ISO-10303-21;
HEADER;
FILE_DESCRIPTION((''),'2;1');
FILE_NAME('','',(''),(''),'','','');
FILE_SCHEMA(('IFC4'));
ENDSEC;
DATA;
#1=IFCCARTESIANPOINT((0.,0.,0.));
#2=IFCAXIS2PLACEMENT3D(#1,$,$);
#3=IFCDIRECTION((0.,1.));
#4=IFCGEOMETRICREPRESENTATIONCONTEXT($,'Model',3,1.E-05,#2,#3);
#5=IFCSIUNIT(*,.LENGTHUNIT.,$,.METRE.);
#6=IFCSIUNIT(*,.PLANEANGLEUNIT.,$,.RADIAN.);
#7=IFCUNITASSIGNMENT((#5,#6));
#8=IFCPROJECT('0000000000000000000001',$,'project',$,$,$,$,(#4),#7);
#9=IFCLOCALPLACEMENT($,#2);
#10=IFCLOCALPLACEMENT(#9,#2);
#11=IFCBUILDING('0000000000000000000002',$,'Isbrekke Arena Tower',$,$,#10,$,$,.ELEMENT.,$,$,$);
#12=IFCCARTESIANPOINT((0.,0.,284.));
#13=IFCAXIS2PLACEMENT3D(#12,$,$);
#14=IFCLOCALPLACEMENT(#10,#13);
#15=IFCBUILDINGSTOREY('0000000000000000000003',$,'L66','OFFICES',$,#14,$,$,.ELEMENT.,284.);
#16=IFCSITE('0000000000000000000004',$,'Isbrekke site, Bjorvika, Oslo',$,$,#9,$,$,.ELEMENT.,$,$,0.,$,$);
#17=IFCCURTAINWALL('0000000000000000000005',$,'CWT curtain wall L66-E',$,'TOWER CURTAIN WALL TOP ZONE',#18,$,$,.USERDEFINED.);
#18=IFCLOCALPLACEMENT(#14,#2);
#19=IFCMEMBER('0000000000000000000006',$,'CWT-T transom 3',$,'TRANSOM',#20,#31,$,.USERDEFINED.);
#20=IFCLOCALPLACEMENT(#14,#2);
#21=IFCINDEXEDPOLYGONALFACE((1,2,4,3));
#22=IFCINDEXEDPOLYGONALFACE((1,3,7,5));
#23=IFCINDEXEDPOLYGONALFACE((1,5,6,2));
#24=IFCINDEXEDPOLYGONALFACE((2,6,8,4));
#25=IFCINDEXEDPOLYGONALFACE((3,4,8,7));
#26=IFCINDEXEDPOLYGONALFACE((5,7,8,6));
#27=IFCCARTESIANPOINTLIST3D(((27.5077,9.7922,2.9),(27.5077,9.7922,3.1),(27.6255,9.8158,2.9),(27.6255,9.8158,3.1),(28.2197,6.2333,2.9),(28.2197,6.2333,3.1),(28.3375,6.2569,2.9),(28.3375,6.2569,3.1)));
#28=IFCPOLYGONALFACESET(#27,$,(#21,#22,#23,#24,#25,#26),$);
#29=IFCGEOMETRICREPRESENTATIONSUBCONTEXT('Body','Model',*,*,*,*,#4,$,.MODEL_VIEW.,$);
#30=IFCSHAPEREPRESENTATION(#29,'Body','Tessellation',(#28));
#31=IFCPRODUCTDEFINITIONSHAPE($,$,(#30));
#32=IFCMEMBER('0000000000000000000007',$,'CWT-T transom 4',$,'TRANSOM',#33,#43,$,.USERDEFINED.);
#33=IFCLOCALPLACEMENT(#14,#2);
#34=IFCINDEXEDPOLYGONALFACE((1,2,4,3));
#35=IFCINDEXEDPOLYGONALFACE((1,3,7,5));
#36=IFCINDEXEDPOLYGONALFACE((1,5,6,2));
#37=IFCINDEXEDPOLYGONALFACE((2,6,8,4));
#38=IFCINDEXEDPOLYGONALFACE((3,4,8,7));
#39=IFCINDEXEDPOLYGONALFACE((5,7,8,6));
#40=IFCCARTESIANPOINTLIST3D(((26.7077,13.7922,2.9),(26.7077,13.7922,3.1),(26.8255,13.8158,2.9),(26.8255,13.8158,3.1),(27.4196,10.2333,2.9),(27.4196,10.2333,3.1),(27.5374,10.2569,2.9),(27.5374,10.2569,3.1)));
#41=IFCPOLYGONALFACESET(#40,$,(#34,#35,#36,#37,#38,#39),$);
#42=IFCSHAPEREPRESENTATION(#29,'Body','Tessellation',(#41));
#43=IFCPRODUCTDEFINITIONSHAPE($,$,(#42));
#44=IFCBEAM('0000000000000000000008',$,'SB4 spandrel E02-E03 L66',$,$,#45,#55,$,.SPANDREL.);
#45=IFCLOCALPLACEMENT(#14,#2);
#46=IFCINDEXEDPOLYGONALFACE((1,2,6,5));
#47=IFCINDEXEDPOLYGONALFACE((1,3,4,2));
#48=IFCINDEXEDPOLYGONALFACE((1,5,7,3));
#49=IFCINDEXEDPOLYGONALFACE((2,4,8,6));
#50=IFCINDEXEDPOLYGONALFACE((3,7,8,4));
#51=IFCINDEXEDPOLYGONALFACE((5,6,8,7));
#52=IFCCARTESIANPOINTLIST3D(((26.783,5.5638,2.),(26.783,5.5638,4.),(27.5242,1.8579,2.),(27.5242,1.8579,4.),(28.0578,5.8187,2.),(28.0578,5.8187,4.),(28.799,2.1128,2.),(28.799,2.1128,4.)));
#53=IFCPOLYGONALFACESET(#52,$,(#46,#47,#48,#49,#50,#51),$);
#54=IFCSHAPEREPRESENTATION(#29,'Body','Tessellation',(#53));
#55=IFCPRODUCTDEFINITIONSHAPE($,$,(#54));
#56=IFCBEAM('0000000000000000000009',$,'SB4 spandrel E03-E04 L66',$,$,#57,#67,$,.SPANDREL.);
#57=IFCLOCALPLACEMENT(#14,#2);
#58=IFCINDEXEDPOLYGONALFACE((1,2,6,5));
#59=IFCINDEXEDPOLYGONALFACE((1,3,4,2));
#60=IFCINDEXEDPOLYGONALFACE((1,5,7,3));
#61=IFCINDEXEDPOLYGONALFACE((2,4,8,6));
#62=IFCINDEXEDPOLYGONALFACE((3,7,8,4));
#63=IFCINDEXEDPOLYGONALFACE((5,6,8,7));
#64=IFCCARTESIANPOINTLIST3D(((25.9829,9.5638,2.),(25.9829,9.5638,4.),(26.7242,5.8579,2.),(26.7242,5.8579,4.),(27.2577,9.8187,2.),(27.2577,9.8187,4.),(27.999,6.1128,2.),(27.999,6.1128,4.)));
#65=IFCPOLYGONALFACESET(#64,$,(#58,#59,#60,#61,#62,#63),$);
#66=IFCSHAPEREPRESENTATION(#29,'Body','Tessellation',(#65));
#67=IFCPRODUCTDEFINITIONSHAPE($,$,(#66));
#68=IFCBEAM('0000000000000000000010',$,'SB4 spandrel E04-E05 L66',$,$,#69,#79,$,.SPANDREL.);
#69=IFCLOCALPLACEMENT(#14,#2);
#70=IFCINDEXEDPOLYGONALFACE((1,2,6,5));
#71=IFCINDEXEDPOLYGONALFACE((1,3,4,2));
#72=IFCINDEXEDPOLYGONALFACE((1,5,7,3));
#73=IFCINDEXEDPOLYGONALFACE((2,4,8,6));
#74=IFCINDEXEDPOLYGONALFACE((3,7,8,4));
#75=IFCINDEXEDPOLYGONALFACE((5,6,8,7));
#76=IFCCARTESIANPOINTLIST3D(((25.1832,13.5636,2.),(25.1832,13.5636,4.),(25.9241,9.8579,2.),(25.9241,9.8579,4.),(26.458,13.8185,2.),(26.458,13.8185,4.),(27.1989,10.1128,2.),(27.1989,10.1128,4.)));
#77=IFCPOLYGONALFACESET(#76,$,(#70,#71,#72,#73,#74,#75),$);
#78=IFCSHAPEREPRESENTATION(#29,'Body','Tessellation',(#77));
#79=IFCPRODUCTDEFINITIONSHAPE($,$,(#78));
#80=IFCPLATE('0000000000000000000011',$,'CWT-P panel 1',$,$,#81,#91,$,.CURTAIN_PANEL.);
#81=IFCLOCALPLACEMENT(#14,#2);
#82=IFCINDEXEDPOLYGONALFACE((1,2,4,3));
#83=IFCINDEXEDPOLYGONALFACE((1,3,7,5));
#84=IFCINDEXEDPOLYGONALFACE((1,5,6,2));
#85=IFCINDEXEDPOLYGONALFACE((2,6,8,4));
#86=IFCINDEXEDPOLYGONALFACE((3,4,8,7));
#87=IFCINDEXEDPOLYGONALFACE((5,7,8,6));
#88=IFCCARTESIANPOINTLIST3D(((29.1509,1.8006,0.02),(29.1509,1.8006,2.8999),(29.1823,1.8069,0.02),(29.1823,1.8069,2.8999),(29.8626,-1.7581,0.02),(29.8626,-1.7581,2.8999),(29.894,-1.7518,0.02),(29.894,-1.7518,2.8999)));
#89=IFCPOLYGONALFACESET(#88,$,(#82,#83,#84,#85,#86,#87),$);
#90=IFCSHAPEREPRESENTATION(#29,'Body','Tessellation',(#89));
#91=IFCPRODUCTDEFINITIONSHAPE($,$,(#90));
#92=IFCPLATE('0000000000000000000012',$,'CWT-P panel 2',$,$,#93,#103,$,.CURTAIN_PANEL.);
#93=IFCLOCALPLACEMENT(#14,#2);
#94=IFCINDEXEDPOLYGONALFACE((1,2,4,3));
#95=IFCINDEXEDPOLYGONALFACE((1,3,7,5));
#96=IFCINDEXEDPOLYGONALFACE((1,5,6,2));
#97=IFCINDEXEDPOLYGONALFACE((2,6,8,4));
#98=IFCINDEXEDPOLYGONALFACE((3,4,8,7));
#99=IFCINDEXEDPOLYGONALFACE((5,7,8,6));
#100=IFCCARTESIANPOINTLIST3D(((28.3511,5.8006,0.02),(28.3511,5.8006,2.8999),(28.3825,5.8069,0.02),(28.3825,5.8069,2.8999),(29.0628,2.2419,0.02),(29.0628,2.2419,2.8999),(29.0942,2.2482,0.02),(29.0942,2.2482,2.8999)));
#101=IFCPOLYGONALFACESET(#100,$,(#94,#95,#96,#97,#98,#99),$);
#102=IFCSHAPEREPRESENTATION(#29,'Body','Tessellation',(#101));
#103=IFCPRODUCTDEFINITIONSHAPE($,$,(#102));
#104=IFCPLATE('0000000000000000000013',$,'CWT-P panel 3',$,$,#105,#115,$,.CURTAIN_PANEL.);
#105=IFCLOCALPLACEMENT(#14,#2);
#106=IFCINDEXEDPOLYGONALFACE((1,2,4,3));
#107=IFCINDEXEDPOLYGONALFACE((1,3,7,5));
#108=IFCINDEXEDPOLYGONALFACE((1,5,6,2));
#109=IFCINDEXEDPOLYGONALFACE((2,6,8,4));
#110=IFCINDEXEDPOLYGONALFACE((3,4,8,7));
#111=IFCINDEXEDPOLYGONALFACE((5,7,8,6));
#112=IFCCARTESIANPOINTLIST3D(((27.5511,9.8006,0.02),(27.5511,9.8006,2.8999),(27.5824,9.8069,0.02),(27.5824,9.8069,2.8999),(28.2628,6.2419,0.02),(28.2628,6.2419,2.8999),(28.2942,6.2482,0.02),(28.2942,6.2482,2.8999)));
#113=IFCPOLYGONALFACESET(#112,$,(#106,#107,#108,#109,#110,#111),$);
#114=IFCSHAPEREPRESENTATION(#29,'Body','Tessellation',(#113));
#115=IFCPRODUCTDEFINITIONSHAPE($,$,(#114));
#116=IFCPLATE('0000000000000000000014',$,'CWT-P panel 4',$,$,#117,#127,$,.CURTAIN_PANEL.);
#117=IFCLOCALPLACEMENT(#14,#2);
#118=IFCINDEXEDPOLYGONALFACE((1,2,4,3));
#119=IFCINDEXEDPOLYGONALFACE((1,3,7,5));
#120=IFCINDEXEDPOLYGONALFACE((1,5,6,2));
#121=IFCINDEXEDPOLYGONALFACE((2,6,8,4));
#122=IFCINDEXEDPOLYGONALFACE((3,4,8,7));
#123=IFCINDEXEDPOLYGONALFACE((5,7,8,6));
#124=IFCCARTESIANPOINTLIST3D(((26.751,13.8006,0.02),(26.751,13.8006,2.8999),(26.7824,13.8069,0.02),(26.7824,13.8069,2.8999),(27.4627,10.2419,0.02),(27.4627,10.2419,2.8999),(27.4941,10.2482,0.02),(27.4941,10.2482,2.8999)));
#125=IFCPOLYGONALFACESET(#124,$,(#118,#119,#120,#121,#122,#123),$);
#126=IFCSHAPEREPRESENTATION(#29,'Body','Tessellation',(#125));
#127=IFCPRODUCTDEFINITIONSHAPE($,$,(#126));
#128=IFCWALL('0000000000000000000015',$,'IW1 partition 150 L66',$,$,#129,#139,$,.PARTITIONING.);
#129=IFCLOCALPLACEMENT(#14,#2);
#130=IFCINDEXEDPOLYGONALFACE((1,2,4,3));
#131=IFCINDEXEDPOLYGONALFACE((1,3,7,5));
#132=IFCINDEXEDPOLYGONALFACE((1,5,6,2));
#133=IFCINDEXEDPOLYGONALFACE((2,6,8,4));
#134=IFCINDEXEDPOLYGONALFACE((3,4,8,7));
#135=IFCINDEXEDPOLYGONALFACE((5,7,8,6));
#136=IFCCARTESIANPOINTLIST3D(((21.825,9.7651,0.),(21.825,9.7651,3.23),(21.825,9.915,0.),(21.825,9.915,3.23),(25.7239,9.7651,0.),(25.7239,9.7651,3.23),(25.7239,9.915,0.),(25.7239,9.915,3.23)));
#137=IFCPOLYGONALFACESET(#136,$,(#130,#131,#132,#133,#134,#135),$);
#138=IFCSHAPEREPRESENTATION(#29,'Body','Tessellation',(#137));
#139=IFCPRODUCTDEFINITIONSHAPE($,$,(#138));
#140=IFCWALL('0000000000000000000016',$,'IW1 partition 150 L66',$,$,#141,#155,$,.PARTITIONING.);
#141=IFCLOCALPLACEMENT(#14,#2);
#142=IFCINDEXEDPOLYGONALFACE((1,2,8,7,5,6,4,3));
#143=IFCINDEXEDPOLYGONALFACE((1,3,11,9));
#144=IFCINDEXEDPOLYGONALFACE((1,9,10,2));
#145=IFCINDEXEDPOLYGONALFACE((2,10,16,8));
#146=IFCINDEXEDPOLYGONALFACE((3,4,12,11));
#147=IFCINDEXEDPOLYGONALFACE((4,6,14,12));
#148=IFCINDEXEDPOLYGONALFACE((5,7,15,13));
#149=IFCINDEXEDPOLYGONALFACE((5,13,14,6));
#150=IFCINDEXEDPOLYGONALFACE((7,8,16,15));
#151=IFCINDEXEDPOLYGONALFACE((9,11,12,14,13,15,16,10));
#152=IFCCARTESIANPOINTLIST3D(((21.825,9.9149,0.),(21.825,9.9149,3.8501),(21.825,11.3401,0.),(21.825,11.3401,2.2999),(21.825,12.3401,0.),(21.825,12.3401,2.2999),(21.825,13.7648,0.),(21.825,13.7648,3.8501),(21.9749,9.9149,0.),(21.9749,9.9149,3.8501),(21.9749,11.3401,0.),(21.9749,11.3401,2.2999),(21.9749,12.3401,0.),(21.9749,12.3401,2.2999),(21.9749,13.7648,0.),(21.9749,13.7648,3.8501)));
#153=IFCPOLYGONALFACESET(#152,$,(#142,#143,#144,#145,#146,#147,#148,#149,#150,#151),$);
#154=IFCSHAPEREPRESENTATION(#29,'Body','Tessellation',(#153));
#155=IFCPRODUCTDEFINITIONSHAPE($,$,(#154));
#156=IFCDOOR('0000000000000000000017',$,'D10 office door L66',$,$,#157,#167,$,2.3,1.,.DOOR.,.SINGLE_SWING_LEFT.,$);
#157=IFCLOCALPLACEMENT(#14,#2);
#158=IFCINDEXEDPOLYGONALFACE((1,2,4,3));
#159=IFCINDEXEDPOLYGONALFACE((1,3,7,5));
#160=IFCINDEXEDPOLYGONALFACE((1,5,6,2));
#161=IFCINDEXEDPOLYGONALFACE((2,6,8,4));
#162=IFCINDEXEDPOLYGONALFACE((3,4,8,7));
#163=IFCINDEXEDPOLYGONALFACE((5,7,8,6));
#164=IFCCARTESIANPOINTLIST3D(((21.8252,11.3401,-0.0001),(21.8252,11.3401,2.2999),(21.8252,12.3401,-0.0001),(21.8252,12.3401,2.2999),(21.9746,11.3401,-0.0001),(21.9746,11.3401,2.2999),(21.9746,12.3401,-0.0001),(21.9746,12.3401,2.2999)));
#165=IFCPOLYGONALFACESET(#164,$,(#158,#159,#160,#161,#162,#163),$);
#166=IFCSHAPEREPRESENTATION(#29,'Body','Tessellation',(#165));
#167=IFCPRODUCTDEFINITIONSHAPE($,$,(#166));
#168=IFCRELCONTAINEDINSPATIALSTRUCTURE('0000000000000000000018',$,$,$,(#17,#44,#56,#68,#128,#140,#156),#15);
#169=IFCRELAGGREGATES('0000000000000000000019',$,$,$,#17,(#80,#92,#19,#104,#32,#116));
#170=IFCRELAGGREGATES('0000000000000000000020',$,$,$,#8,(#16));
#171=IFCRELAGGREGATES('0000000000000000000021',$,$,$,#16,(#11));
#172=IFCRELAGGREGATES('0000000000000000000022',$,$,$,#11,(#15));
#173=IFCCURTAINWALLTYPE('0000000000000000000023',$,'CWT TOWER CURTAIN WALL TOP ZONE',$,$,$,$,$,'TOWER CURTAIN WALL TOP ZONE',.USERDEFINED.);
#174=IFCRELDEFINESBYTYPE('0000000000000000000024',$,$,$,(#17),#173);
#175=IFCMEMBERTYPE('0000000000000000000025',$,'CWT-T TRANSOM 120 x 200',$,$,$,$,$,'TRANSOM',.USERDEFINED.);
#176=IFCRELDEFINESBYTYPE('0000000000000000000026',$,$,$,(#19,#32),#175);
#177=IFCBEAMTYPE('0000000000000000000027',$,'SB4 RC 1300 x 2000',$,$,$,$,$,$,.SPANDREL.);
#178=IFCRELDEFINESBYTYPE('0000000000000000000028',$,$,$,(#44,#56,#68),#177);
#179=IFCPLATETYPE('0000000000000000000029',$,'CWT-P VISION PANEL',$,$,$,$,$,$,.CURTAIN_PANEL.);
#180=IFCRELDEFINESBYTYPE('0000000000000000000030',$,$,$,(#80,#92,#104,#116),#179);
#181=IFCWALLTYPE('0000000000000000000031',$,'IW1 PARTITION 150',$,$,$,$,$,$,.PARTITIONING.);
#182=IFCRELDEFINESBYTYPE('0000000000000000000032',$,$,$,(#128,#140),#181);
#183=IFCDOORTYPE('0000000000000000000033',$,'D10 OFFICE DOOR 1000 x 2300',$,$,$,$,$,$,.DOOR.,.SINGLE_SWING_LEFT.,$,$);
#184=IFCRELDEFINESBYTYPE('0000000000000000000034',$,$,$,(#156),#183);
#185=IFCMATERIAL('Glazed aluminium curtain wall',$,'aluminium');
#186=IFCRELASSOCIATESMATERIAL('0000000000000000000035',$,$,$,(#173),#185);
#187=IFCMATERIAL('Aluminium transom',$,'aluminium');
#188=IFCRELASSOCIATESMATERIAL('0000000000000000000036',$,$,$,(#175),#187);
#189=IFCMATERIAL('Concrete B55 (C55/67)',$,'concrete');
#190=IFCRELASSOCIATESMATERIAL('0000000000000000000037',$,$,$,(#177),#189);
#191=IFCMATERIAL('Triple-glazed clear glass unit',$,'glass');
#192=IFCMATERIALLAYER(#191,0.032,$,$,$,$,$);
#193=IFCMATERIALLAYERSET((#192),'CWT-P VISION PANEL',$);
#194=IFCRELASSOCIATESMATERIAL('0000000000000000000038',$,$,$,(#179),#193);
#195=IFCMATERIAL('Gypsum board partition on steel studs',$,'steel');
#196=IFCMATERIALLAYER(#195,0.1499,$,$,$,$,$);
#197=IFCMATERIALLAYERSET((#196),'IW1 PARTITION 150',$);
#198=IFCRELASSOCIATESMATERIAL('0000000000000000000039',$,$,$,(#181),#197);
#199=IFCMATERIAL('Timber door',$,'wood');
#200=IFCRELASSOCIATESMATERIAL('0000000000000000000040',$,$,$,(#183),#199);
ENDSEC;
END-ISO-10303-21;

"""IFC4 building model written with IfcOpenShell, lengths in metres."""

from ifc_helpers import new_model, si_unit, direction, frame, frame_2d, origin, origin_2d, place, context, subcontext, project, spatial, rectangle, extrude, material, layer, layer_set, material_profile, profile_set, type_object, element, fill, aggregate, save


model = new_model("IFC4")

# Units and contexts
model_context = context("Model", 3, precision=1e-05, world=origin(), true_north=direction((0.0, 1.0)))
body_context = subcontext(model_context, "Body", "Model", "MODEL_VIEW")
ifc_project = project(units=[si_unit("LENGTHUNIT", "METRE"), si_unit("PLANEANGLEUNIT", "RADIAN")], contexts=[model_context])

# Site, building, storey
site_placement = place(None, origin())
site = spatial("IfcSite", under=ifc_project, at=site_placement, Name="Isbrekke site, Bjorvika, Oslo", CompositionType="ELEMENT", RefElevation=0.0)
building_placement = place(site_placement, origin())
building = spatial("IfcBuilding", under=site, at=building_placement, Name="Isbrekke Arena Tower", CompositionType="ELEMENT")
storey_placement = place(building_placement, frame((0.0, 0.0, 284.0)))
storey = spatial("IfcBuildingStorey", under=building, at=storey_placement, Name="L66", Description="OFFICES", CompositionType="ELEMENT", Elevation=284.0)

# Curtain wall, members
ifc_material_1 = material(Name="Glazed aluminium curtain wall", Category="aluminium")
curtain_wall_type = type_object("IfcCurtainWallType", Name="CWT TOWER CURTAIN WALL TOP ZONE", ElementType="TOWER CURTAIN WALL TOP ZONE", PredefinedType="USERDEFINED", material=ifc_material_1)
curtain_wall_placement = place(storey_placement, origin())
curtain_wall = element("IfcCurtainWall", 1, at=curtain_wall_placement, inside=storey, type_object=curtain_wall_type, Name="CWT curtain wall L66-E", ObjectType="TOWER CURTAIN WALL TOP ZONE", PredefinedType="USERDEFINED")
ifc_material_2 = material(Name="Aluminium transom", Category="aluminium")
ifc_material_profile_1 = material_profile(ifc_material_2, rectangle(XDim=0.1201, YDim=0.2, at=origin_2d()), Name="TRANSOM 120X200")
ifc_profile_set_1 = profile_set([ifc_material_profile_1], Name="Aluminium transom")
member_type_1 = type_object("IfcMemberType", Name="CWT-T TRANSOM 120 x 200", ElementType="TRANSOM", PredefinedType="USERDEFINED", material=ifc_profile_set_1)
member_1_placement = place(storey_placement, frame((28.2786, 6.2451, 3.0), z_axis=(-0.196155, 0.980573, 0.0), x_axis=(-0.980573, -0.196155, 0.0)))
member_1 = element("IfcMember", 2, at=member_1_placement, type_object=member_type_1, Name="CWT-T transom 3", ObjectType="TRANSOM", PredefinedType="USERDEFINED", context=body_context, shape_type="SweptSolid", body=[
    extrude(rectangle(XDim=0.1201, YDim=0.2, at=origin_2d()), origin(), (0.0, 0.0, 1.0), 3.6294),
])
member_2_placement = place(storey_placement, frame((27.4785, 10.2451, 3.0), z_axis=(-0.196155, 0.980573, 0.0), x_axis=(-0.980573, -0.196155, 0.0)))
member_2 = element("IfcMember", 3, at=member_2_placement, type_object=member_type_1, Name="CWT-T transom 4", ObjectType="TRANSOM", PredefinedType="USERDEFINED", context=body_context, shape_type="SweptSolid", body=[
    extrude(rectangle(XDim=0.1201, YDim=0.2, at=origin_2d()), origin(), (0.0, 0.0, 1.0), 3.6294),
])

# Beams
ifc_material_3 = material(Name="Concrete B55 (C55/67)", Category="concrete")
ifc_material_profile_2 = material_profile(ifc_material_3, rectangle(XDim=1.3, YDim=2.0, at=origin_2d()), Name="RC 1300x2000")
ifc_profile_set_2 = profile_set([ifc_material_profile_2], Name="Concrete B55 (C55/67)")
beam_type_1 = type_object("IfcBeamType", Name="SB4 RC 1300 x 2000", PredefinedType="SPANDREL", material=ifc_profile_set_2)
for number, where, z_axis, x_axis, name in (
    (4, (28.1616, 1.9854, 3.0), (-0.196129, 0.980578, 0.0), (-0.980578, -0.196129, 0.0), "SB4 spandrel E02-E03 L66"),
    (5, (27.3616, 5.9854, 3.0), (-0.196129, 0.980578, 0.0), (-0.980578, -0.196129, 0.0), "SB4 spandrel E03-E04 L66"),
):
    element("IfcBeam", number, at=place(storey_placement, frame(where, z_axis=z_axis, x_axis=x_axis)), inside=storey, type_object=beam_type_1, Name=name, PredefinedType="SPANDREL", context=body_context, shape_type="SweptSolid", body=[
        extrude(rectangle(XDim=1.3, YDim=2.0, at=origin_2d()), origin(), (0.0, 0.0, 1.0), 3.7793),
    ])
beam_1_placement = place(storey_placement, frame((26.5615, 9.9854, 3.0), z_axis=(-0.196066, 0.980591, 0.0), x_axis=(-0.980591, -0.196066, 0.0)))
element("IfcBeam", 6, at=beam_1_placement, inside=storey, type_object=beam_type_1, Name="SB4 spandrel E04-E05 L66", PredefinedType="SPANDREL", context=body_context, shape_type="SweptSolid", body=[
    extrude(rectangle(XDim=1.3, YDim=2.0, at=origin_2d()), origin(), (0.0, 0.0, 1.0), 3.7791),
])

# Plates
ifc_material_4 = material(Name="Triple-glazed clear glass unit", Category="glass")
ifc_layer_1 = layer(ifc_material_4, 0.032)
ifc_layer_set_1 = layer_set([ifc_layer_1], Name="CWT-P VISION PANEL")
plate_type = type_object("IfcPlateType", Name="CWT-P VISION PANEL", PredefinedType="CURTAIN_PANEL", material=ifc_layer_set_1)
plate_1_placement = place(storey_placement, frame((29.5225, 0.0244, 0.02), z_axis=(0.0, 0.0, 1.0), x_axis=(-0.196116, 0.980581, 0.0)))
plate_1 = element("IfcPlate", 7, at=plate_1_placement, type_object=plate_type, Name="CWT-P panel 1", PredefinedType="CURTAIN_PANEL", context=body_context, shape_type="SweptSolid", body=[
    extrude(rectangle(XDim=3.6292, YDim=0.032, at=origin_2d()), origin(), (0.0, 0.0, 1.0), 2.8799),
])
plate_2_placement = place(storey_placement, frame((28.7227, 4.0244, 0.02), z_axis=(0.0, 0.0, 1.0), x_axis=(-0.196116, 0.980581, 0.0)))
plate_2 = element("IfcPlate", 8, at=plate_2_placement, type_object=plate_type, Name="CWT-P panel 2", PredefinedType="CURTAIN_PANEL", context=body_context, shape_type="SweptSolid", body=[
    extrude(rectangle(XDim=3.6292, YDim=0.032, at=origin_2d()), origin(), (0.0, 0.0, 1.0), 2.8799),
])
plate_3_placement = place(storey_placement, frame((27.9226, 8.0244, 0.02), z_axis=(0.0, 0.0, 1.0), x_axis=(-0.196116, 0.980581, 0.0)))
plate_3 = element("IfcPlate", 9, at=plate_3_placement, type_object=plate_type, Name="CWT-P panel 3", PredefinedType="CURTAIN_PANEL", context=body_context, shape_type="SweptSolid", body=[
    extrude(rectangle(XDim=3.6292, YDim=0.032, at=origin_2d()), origin(), (0.0, 0.0, 1.0), 2.8799),
])
plate_4_placement = place(storey_placement, frame((27.1226, 12.0244, 0.02), z_axis=(0.0, 0.0, 1.0), x_axis=(-0.196116, 0.980581, 0.0)))
plate_4 = element("IfcPlate", 10, at=plate_4_placement, type_object=plate_type, Name="CWT-P panel 4", PredefinedType="CURTAIN_PANEL", context=body_context, shape_type="SweptSolid", body=[
    extrude(rectangle(XDim=3.6292, YDim=0.032, at=origin_2d()), origin(), (0.0, 0.0, 1.0), 2.8799),
])
aggregate(curtain_wall, [plate_1, plate_2, member_1, plate_3, member_2, plate_4])

# Wall
ifc_material_5 = material(Name="Gypsum board partition on steel studs", Category="steel")
ifc_layer_2 = layer(ifc_material_5, 0.1499)
ifc_layer_set_2 = layer_set([ifc_layer_2], Name="IW1 PARTITION 150")
wall_type_1 = type_object("IfcWallType", Name="IW1 PARTITION 150", PredefinedType="PARTITIONING", material=ifc_layer_set_2)
wall_1_placement = place(storey_placement, frame((21.825, 9.8401, 0.0), z_axis=(0.0, 0.0, 1.0), x_axis=(1.0, 0.0, 0.0)))
element("IfcWall", 11, at=wall_1_placement, inside=storey, type_object=wall_type_1, Name="IW1 partition 150 L66", PredefinedType="PARTITIONING", context=body_context, shape_type="SweptSolid", body=[
    extrude(rectangle(XDim=3.8989, YDim=0.1499, at=frame_2d((1.9495, 0.0))), origin(), (0.0, 0.0, 1.0), 3.23),
])

# Wall, opening, door
wall_2_placement = place(storey_placement, frame((21.8999, 9.915, 0.0), z_axis=(0.0, 0.0, 1.0), x_axis=(0.0, 1.0, 0.0)))
wall_2 = element("IfcWall", 12, at=wall_2_placement, inside=storey, type_object=wall_type_1, Name="IW1 partition 150 L66", PredefinedType="PARTITIONING", context=body_context, shape_type="SweptSolid", body=[
    extrude(rectangle(XDim=3.8499, YDim=0.1499, at=frame_2d((1.9248, 0.0))), origin(), (0.0, 0.0, 1.0), 3.8501),
])
opening_1_placement = place(wall_2_placement, frame((1.425, 0.0, 0.0)))
opening_1 = element("IfcOpeningElement", 13, at=opening_1_placement, cuts=wall_2, PredefinedType="OPENING", context=body_context, shape_type="SweptSolid", body=[
    extrude(rectangle(XDim=1.0, YDim=2.3, at=frame_2d((0.5, 1.1499))), frame((0.0, 0.0898, 0.0), z_axis=(0.0, -1.0, 0.0), x_axis=(1.0, 0.0, 0.0)), (0.0, 0.0, 1.0), 0.1797),
])
ifc_material_6 = material(Name="Timber door", Category="wood")
door_type_1 = type_object("IfcDoorType", Name="D10 OFFICE DOOR 1000 x 2300", OperationType="SINGLE_SWING_LEFT", PredefinedType="DOOR", material=ifc_material_6)
door_1_placement = place(opening_1_placement, origin())
door_1 = element("IfcDoor", 14, at=door_1_placement, inside=storey, type_object=door_type_1, Name="D10 office door L66", OperationType="SINGLE_SWING_LEFT", OverallHeight=2.3, OverallWidth=1.0, PredefinedType="DOOR", context=body_context, shape_type="SweptSolid", body=[
    extrude(rectangle(XDim=1.0, YDim=2.3, at=frame_2d((0.5, 1.1499))), frame((0.0, 0.0747, 0.0), z_axis=(0.0, -1.0, 0.0), x_axis=(1.0, 0.0, 0.0)), (0.0, 0.0, 1.0), 0.1494),
])
fill(opening_1, door_1)

save(model, "model.ifc")
